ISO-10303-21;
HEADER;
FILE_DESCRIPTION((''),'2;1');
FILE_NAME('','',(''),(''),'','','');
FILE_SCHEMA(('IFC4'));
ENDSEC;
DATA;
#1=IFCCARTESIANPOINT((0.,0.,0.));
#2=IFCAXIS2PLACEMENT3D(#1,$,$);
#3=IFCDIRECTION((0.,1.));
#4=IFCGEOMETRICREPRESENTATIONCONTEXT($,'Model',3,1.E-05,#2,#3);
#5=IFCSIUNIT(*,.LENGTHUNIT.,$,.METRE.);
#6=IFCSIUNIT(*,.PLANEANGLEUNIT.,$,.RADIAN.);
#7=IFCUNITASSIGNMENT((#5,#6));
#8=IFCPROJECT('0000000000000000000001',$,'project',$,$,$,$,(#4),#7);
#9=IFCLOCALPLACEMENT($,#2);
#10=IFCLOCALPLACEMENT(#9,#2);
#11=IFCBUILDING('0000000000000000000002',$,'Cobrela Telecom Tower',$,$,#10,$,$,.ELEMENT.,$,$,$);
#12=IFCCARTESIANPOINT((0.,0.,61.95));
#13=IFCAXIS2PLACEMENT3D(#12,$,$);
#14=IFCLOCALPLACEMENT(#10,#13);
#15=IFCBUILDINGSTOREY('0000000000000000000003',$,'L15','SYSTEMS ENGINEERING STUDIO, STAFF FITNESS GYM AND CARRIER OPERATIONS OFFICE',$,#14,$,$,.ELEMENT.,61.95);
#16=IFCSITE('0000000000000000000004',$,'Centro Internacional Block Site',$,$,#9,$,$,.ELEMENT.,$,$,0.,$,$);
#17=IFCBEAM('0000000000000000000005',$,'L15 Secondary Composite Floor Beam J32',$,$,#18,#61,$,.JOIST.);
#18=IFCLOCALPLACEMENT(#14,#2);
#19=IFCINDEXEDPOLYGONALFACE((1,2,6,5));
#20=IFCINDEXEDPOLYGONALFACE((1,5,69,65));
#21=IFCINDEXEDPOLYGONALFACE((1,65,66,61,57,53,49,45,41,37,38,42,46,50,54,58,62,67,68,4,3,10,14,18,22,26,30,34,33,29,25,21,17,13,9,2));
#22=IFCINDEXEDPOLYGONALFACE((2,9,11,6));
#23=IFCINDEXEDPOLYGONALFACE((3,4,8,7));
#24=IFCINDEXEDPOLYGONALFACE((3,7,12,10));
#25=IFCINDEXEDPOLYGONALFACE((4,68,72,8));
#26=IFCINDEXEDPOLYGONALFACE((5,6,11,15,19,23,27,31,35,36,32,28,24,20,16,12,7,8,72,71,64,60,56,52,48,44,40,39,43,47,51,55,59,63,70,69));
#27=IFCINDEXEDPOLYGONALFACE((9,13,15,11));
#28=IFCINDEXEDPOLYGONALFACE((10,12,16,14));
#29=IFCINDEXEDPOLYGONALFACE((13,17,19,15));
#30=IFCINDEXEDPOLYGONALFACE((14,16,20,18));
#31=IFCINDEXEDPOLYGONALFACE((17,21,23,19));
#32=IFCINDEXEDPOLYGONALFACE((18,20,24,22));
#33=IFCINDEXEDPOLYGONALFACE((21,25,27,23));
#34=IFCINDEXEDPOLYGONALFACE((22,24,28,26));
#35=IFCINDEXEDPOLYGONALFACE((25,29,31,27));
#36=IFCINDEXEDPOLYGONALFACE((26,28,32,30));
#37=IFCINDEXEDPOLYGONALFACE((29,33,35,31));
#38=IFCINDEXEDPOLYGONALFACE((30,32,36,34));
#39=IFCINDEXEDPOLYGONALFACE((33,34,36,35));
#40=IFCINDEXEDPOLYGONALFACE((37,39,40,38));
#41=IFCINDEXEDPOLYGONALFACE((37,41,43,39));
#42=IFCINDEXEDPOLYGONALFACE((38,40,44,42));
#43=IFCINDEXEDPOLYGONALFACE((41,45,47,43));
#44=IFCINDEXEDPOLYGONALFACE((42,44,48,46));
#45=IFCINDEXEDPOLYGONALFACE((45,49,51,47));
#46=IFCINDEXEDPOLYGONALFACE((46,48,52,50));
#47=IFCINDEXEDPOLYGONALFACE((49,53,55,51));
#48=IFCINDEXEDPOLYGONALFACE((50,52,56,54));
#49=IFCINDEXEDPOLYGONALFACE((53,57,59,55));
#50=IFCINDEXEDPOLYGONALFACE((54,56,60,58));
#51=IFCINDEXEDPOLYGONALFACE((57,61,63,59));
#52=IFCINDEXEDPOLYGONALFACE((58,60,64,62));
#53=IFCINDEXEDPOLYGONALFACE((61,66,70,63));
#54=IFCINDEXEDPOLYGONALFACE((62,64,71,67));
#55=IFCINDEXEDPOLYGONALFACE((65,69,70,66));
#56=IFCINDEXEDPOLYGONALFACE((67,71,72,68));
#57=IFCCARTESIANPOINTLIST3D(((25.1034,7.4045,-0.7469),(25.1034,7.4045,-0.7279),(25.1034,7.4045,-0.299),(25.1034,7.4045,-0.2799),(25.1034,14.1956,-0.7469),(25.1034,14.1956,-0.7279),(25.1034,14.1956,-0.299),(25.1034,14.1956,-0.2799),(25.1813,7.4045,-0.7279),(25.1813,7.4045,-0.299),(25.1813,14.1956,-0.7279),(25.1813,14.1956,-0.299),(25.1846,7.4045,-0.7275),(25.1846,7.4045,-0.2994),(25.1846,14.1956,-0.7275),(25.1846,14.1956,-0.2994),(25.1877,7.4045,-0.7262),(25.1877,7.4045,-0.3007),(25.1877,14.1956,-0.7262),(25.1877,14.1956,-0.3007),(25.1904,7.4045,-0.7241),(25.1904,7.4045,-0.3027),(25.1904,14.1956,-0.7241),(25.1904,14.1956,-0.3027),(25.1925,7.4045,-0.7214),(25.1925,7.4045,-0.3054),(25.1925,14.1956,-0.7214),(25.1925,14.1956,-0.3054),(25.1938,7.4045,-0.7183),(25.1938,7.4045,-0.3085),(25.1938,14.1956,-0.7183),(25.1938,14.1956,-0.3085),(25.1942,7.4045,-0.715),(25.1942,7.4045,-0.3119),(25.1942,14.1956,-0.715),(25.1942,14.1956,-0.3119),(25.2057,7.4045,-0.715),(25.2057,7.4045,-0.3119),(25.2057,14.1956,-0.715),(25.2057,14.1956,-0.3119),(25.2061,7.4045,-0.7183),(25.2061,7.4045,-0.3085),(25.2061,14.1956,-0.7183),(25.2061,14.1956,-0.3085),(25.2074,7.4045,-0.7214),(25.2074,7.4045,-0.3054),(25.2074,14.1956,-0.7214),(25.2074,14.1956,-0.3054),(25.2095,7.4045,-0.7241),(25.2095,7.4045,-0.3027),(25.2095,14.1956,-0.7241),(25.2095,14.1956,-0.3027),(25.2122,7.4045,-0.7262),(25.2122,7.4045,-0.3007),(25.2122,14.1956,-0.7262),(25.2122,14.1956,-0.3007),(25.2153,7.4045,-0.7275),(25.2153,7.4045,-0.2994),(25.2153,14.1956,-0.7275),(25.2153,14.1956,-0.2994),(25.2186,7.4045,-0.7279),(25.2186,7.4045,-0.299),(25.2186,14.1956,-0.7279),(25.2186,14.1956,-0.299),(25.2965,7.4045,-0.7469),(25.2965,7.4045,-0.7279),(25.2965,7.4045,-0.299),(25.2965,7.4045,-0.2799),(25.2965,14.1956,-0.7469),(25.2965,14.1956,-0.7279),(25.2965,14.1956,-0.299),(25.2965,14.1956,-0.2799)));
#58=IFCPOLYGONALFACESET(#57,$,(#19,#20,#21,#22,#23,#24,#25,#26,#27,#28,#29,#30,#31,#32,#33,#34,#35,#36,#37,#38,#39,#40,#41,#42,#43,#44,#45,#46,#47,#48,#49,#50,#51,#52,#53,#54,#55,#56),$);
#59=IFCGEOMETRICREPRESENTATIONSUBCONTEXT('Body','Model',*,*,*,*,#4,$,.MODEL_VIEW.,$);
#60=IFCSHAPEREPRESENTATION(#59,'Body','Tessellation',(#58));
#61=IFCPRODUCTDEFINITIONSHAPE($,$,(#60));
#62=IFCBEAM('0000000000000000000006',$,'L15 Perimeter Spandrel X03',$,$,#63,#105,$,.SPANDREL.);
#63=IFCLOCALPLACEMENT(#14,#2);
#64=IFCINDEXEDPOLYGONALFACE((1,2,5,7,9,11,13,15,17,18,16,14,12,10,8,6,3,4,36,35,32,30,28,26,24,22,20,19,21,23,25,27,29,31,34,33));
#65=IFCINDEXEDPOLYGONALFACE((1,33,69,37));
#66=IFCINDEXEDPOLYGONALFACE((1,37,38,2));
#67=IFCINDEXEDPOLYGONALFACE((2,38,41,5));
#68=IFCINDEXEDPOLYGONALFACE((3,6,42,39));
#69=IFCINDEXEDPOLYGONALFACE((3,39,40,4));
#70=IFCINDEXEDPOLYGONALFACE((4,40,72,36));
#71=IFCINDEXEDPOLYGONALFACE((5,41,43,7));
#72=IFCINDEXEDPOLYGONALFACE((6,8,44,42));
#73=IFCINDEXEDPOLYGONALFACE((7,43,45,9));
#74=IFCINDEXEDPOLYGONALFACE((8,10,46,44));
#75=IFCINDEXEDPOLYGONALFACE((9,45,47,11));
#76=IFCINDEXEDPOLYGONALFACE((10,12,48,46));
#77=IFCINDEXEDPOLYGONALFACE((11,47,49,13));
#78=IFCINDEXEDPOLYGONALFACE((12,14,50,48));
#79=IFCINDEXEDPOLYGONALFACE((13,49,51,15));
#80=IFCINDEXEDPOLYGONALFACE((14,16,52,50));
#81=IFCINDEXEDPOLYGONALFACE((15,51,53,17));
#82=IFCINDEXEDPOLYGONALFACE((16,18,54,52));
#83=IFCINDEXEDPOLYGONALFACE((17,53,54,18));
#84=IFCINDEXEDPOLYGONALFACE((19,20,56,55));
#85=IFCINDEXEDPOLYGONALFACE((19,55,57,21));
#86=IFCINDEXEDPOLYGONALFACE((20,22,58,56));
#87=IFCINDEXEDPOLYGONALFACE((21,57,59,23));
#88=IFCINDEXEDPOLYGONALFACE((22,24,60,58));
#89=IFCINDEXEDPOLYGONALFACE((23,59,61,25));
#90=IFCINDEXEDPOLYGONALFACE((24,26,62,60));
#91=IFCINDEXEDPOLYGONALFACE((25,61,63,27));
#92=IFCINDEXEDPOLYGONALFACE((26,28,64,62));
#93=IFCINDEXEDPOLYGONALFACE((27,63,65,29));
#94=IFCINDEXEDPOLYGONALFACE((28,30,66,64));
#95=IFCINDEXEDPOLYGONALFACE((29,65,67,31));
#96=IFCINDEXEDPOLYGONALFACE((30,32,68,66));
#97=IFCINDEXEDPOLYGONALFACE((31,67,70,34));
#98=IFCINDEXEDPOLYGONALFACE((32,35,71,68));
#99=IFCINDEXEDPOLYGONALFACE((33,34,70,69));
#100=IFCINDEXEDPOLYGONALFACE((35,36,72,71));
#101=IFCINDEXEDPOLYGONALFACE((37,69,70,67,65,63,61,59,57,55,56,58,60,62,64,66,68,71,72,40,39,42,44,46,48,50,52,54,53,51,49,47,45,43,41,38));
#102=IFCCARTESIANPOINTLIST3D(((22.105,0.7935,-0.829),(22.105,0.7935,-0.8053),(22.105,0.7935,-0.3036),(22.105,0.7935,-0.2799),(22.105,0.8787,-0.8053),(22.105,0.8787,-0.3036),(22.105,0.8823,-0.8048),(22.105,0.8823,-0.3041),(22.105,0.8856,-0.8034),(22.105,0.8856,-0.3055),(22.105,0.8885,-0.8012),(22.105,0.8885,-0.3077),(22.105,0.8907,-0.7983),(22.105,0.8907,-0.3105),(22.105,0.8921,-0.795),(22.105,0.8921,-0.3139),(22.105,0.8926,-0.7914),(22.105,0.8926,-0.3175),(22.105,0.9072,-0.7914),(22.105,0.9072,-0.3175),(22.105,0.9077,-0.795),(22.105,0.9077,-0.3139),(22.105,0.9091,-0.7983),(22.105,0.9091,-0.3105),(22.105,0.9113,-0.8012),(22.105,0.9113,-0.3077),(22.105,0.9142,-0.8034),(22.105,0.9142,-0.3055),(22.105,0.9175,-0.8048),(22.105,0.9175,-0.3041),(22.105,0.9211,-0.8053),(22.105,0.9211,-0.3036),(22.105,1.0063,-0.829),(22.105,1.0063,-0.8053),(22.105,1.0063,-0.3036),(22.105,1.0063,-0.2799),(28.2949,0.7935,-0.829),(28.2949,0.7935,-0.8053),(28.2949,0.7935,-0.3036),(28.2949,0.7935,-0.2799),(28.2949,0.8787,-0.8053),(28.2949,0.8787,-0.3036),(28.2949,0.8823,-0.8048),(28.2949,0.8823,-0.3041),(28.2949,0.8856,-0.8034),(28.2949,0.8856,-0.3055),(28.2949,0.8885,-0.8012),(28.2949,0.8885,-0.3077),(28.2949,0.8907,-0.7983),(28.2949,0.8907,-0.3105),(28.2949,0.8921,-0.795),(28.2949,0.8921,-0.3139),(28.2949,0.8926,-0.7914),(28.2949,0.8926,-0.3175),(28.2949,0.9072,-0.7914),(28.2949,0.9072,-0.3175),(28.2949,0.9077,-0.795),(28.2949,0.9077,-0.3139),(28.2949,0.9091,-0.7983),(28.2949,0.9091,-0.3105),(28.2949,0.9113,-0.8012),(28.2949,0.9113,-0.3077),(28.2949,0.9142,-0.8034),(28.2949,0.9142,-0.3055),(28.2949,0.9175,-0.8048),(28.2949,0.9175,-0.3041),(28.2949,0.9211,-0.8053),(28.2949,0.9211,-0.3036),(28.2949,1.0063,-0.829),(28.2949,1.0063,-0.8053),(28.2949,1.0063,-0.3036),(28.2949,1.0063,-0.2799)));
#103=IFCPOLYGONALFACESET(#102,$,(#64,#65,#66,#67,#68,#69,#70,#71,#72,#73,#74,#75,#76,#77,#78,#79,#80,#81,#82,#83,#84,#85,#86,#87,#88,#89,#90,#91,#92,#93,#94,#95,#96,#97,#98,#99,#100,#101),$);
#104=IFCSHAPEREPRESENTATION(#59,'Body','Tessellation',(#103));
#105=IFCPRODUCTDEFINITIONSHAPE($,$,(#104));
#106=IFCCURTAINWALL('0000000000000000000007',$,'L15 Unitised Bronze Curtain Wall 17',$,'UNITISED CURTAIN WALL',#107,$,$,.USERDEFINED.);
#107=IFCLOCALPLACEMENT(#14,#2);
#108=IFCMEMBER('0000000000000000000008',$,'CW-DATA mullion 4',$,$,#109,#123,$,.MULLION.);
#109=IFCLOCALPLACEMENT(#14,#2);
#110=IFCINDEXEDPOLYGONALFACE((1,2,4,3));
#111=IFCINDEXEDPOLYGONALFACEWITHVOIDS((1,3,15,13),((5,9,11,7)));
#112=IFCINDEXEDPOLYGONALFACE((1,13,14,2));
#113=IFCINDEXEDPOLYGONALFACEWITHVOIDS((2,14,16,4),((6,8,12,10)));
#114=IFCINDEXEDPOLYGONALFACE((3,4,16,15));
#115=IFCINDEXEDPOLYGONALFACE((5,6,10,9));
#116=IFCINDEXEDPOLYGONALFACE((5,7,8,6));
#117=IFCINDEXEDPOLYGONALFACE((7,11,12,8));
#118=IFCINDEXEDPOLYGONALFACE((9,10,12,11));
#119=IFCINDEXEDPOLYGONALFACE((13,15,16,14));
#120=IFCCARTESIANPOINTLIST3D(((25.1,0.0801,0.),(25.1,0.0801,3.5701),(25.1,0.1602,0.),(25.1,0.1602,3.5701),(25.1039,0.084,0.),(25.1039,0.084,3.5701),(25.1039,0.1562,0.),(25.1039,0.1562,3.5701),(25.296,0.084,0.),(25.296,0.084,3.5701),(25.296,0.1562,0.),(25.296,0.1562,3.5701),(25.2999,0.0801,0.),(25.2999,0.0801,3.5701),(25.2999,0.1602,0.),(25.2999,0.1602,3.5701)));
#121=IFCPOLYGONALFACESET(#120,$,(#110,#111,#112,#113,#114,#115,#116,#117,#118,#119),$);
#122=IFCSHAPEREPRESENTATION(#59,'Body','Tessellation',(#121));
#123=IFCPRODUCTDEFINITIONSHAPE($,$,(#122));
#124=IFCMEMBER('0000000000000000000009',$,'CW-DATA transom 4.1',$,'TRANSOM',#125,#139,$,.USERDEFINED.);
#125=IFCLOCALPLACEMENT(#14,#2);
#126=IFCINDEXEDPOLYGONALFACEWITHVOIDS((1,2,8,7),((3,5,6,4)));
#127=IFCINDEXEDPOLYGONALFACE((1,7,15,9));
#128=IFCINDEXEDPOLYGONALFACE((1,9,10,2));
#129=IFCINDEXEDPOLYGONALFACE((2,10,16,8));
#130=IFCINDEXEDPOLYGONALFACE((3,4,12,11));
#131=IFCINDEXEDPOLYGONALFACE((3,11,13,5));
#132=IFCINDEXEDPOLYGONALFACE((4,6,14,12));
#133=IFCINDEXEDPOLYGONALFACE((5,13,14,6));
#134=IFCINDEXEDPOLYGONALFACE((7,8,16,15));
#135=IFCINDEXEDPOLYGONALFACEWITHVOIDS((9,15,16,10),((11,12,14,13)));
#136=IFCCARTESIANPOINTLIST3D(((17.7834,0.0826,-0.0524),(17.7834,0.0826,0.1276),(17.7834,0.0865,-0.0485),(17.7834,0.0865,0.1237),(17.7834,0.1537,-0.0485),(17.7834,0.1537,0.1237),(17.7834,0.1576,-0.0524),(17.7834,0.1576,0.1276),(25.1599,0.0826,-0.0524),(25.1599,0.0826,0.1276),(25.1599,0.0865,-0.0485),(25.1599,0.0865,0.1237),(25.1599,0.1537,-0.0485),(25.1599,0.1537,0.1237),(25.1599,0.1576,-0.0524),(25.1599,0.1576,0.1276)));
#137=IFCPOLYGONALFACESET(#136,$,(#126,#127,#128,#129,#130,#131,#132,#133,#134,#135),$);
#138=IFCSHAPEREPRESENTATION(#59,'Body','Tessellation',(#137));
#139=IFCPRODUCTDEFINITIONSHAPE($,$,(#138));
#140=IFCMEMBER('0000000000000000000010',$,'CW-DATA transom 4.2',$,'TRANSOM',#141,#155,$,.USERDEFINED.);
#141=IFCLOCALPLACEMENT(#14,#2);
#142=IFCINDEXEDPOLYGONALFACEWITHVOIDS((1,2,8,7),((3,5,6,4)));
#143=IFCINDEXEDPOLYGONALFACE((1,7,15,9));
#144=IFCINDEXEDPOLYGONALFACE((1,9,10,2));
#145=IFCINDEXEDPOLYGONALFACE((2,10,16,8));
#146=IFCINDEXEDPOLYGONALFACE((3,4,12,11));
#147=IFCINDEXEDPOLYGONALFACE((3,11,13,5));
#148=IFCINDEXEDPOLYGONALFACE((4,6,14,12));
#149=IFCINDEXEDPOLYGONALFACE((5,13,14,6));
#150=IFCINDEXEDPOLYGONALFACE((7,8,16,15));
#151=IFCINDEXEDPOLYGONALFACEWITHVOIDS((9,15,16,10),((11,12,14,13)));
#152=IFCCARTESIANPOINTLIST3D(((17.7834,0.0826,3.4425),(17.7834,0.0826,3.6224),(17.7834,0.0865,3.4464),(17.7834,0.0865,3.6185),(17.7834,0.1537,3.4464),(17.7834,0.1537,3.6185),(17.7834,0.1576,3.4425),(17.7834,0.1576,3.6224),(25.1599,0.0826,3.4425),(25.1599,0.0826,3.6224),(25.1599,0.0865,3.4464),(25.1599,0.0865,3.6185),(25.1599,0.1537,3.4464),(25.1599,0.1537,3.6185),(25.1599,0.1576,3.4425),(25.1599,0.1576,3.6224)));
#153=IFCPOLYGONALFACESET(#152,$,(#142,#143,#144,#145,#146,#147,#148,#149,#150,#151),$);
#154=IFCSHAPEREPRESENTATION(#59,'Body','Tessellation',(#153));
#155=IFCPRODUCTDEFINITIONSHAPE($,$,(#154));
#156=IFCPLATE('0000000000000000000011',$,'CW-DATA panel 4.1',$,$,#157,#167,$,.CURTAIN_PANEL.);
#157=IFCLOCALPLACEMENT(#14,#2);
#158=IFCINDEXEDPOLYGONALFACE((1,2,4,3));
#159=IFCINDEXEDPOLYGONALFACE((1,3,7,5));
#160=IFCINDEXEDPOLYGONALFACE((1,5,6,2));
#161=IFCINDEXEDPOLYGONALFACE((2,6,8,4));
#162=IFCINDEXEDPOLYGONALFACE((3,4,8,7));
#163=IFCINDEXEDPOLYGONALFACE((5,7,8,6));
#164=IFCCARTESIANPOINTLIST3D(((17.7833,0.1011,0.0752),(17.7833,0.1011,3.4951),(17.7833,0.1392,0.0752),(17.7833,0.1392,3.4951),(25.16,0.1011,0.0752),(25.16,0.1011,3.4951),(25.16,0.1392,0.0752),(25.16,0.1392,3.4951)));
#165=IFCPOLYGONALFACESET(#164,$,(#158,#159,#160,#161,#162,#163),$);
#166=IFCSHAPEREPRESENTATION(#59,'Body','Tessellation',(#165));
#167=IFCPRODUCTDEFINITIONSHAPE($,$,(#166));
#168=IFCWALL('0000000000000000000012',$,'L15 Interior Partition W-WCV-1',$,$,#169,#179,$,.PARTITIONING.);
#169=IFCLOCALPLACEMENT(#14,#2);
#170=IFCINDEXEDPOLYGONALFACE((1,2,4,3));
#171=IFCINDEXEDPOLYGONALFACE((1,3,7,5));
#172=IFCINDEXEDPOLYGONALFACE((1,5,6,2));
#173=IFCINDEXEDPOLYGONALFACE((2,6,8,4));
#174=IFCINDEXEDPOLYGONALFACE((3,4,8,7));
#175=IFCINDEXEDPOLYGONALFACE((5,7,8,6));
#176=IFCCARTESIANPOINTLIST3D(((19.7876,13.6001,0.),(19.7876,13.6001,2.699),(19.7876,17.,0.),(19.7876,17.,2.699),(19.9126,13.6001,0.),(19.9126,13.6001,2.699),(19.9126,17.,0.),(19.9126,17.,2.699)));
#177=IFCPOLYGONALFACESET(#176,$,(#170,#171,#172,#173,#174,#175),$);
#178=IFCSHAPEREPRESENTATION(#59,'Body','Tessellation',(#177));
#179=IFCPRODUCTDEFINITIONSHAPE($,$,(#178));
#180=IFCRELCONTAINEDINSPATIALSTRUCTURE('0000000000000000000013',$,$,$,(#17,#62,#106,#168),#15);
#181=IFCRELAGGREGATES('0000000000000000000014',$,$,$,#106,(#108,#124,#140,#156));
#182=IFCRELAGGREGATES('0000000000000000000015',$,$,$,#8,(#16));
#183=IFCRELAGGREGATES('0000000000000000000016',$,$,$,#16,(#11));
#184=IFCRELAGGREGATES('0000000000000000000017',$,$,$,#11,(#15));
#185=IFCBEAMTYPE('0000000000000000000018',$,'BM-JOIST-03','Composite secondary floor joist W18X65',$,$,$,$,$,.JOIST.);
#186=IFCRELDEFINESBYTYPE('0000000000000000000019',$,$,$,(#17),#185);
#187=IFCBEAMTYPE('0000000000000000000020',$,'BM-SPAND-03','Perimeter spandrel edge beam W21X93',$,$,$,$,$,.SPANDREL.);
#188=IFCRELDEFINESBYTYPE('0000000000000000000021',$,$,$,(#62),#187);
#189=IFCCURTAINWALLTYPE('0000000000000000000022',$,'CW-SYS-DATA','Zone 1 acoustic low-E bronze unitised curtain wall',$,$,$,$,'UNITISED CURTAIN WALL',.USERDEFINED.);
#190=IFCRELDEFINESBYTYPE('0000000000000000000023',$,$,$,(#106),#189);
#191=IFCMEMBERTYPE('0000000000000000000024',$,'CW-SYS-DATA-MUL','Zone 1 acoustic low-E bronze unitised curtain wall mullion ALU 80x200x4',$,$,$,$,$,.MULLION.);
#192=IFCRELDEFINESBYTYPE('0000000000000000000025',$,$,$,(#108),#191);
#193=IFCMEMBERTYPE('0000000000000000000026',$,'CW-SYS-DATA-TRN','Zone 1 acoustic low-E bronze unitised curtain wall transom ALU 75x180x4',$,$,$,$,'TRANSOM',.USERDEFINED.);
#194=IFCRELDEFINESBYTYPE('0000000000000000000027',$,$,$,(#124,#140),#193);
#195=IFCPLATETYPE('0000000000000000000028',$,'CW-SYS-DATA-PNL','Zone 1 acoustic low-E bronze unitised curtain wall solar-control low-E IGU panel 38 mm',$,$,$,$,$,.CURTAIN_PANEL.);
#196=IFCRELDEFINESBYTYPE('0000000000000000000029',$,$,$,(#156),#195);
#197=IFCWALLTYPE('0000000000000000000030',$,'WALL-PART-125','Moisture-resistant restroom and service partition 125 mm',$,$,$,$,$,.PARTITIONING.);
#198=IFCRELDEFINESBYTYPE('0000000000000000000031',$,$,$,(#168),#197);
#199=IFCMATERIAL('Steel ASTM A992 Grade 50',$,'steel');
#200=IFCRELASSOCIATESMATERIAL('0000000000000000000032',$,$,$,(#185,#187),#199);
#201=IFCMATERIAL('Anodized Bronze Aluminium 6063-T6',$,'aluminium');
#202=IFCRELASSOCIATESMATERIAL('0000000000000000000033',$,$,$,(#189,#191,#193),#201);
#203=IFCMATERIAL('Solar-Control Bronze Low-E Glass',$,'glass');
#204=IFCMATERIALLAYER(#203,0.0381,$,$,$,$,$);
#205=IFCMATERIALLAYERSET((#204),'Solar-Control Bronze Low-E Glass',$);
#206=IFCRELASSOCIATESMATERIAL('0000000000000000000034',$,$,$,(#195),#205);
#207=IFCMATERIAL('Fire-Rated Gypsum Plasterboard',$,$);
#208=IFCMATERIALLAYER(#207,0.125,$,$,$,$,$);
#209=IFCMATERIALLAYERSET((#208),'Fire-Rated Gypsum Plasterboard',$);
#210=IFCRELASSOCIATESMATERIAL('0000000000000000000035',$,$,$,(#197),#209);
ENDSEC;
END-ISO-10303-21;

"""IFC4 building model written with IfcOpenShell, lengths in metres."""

from ifc_helpers import new_model, si_unit, direction, frame, frame_2d, origin, origin_2d, place, context, subcontext, project, spatial, rectangle, hollow_rectangle, i_section, extrude, material, layer, layer_set, material_profile, profile_set, type_object, element, aggregate, save


model = new_model("IFC4")

# Units and contexts
model_context = context("Model", 3, precision=1e-05, world=origin(), true_north=direction((0.0, 1.0)))
body_context = subcontext(model_context, "Body", "Model", "MODEL_VIEW")
ifc_project = project(units=[si_unit("LENGTHUNIT", "METRE"), si_unit("PLANEANGLEUNIT", "RADIAN")], contexts=[model_context])

# Site, building, storey
site_placement = place(None, origin())
site = spatial("IfcSite", under=ifc_project, at=site_placement, Name="Centro Internacional Block Site", CompositionType="ELEMENT", RefElevation=0.0)
building_placement = place(site_placement, origin())
building = spatial("IfcBuilding", under=site, at=building_placement, Name="Cobrela Telecom Tower", CompositionType="ELEMENT")
storey_placement = place(building_placement, frame((0.0, 0.0, 61.95)))
storey = spatial("IfcBuildingStorey", under=building, at=storey_placement, Name="L15", Description="SYSTEMS ENGINEERING STUDIO, STAFF FITNESS GYM AND CARRIER OPERATIONS OFFICE", CompositionType="ELEMENT", Elevation=61.95)

# Shared definitions
ifc_material_1 = material(Name="Steel ASTM A992 Grade 50", Category="steel")

# Beams
ifc_material_profile_1 = material_profile(ifc_material_1, i_section(OverallWidth=0.1931, OverallDepth=0.467, WebThickness=0.0115, FlangeThickness=0.019, FilletRadius=0.0129, at=origin_2d()), Name="W18X65")
ifc_profile_set_1 = profile_set([ifc_material_profile_1], Name="Steel ASTM A992 Grade 50")
beam_type_1 = type_object("IfcBeamType", Name="BM-JOIST-03", Description="Composite secondary floor joist W18X65", PredefinedType="JOIST", material=ifc_profile_set_1)
beam_1_placement = place(storey_placement, frame((25.2, 7.4045, -0.5134), z_axis=(0.0, 1.0, 0.0), x_axis=(-1.0, 0.0, 0.0)))
element("IfcBeam", 1, at=beam_1_placement, inside=storey, type_object=beam_type_1, Name="L15 Secondary Composite Floor Beam J32", PredefinedType="JOIST", context=body_context, shape_type="SweptSolid", body=[
    extrude(i_section(OverallWidth=0.1931, OverallDepth=0.467, WebThickness=0.0115, FlangeThickness=0.019, FilletRadius=0.0129, at=origin_2d()), origin(), (0.0, 0.0, 1.0), 6.791),
])
ifc_material_profile_2 = material_profile(ifc_material_1, i_section(OverallWidth=0.2129, OverallDepth=0.5491, WebThickness=0.0146, FlangeThickness=0.0237, FilletRadius=0.0139, at=origin_2d()), Name="W21X93")
ifc_profile_set_2 = profile_set([ifc_material_profile_2], Name="Steel ASTM A992 Grade 50")
beam_type_2 = type_object("IfcBeamType", Name="BM-SPAND-03", Description="Perimeter spandrel edge beam W21X93", PredefinedType="SPANDREL", material=ifc_profile_set_2)
beam_2_placement = place(storey_placement, frame((22.105, 0.8999, -0.5544), z_axis=(1.0, 0.0, 0.0), x_axis=(0.0, 1.0, 0.0)))
element("IfcBeam", 2, at=beam_2_placement, inside=storey, type_object=beam_type_2, Name="L15 Perimeter Spandrel X03", PredefinedType="SPANDREL", context=body_context, shape_type="SweptSolid", body=[
    extrude(i_section(OverallWidth=0.2129, OverallDepth=0.5491, WebThickness=0.0146, FlangeThickness=0.0237, FilletRadius=0.0139, at=origin_2d()), origin(), (0.0, 0.0, 1.0), 6.1899),
])

# Curtain wall, members, plate
ifc_material_2 = material(Name="Anodized Bronze Aluminium 6063-T6", Category="aluminium")
curtain_wall_type = type_object("IfcCurtainWallType", Name="CW-SYS-DATA", Description="Zone 1 acoustic low-E bronze unitised curtain wall", ElementType="UNITISED CURTAIN WALL", PredefinedType="USERDEFINED", material=ifc_material_2)
curtain_wall_placement = place(storey_placement, origin())
curtain_wall = element("IfcCurtainWall", 3, at=curtain_wall_placement, inside=storey, type_object=curtain_wall_type, Name="L15 Unitised Bronze Curtain Wall 17", ObjectType="UNITISED CURTAIN WALL", PredefinedType="USERDEFINED")
ifc_material_profile_3 = material_profile(ifc_material_2, hollow_rectangle(XDim=0.0801, YDim=0.2, WallThickness=0.0039, at=origin_2d()), Name="ALU 80x200x4")
ifc_profile_set_3 = profile_set([ifc_material_profile_3], Name="Anodized Bronze Aluminium 6063-T6")
member_type_1 = type_object("IfcMemberType", Name="CW-SYS-DATA-MUL", Description="Zone 1 acoustic low-E bronze unitised curtain wall mullion ALU 80x200x4", PredefinedType="MULLION", material=ifc_profile_set_3)
member_1_placement = place(storey_placement, frame((25.2, 0.1201, 0.0), z_axis=(0.0, 0.0, 1.0), x_axis=(0.0, -1.0, 0.0)))
member_1 = element("IfcMember", 4, at=member_1_placement, type_object=member_type_1, Name="CW-DATA mullion 4", PredefinedType="MULLION", context=body_context, shape_type="SweptSolid", body=[
    extrude(hollow_rectangle(XDim=0.0801, YDim=0.2, WallThickness=0.0039, at=origin_2d()), origin(), (0.0, 0.0, 1.0), 3.5701),
])
ifc_material_profile_4 = material_profile(ifc_material_2, hollow_rectangle(XDim=0.075, YDim=0.1799, WallThickness=0.0039, at=origin_2d()), Name="ALU 75x180x4")
ifc_profile_set_4 = profile_set([ifc_material_profile_4], Name="Anodized Bronze Aluminium 6063-T6")
member_type_2 = type_object("IfcMemberType", Name="CW-SYS-DATA-TRN", Description="Zone 1 acoustic low-E bronze unitised curtain wall transom ALU 75x180x4", ElementType="TRANSOM", PredefinedType="USERDEFINED", material=ifc_profile_set_4)
member_2_placement = place(storey_placement, frame((25.1599, 0.1201, 0.0376), z_axis=(-1.0, 0.0, 0.0), x_axis=(0.0, -1.0, 0.0)))
member_2 = element("IfcMember", 5, at=member_2_placement, type_object=member_type_2, Name="CW-DATA transom 4.1", ObjectType="TRANSOM", PredefinedType="USERDEFINED", context=body_context, shape_type="SweptSolid", body=[
    extrude(hollow_rectangle(XDim=0.075, YDim=0.1799, WallThickness=0.0039, at=origin_2d()), origin(), (0.0, 0.0, 1.0), 7.3765),
])
member_3_placement = place(storey_placement, frame((25.1599, 0.1201, 3.5325), z_axis=(-1.0, 0.0, 0.0), x_axis=(0.0, -1.0, 0.0)))
member_3 = element("IfcMember", 6, at=member_3_placement, type_object=member_type_2, Name="CW-DATA transom 4.2", ObjectType="TRANSOM", PredefinedType="USERDEFINED", context=body_context, shape_type="SweptSolid", body=[
    extrude(hollow_rectangle(XDim=0.075, YDim=0.1799, WallThickness=0.0039, at=origin_2d()), origin(), (0.0, 0.0, 1.0), 7.3765),
])
ifc_material_3 = material(Name="Solar-Control Bronze Low-E Glass", Category="glass")
ifc_layer_1 = layer(ifc_material_3, 0.0381)
ifc_layer_set_1 = layer_set([ifc_layer_1], Name="Solar-Control Bronze Low-E Glass")
plate_type = type_object("IfcPlateType", Name="CW-SYS-DATA-PNL", Description="Zone 1 acoustic low-E bronze unitised curtain wall solar-control low-E IGU panel 38 mm", PredefinedType="CURTAIN_PANEL", material=ifc_layer_set_1)
plate_placement = place(storey_placement, frame((21.4717, 0.1201, 0.0752), z_axis=(0.0, 0.0, 1.0), x_axis=(-1.0, 0.0, 0.0)))
plate = element("IfcPlate", 7, at=plate_placement, type_object=plate_type, Name="CW-DATA panel 4.1", PredefinedType="CURTAIN_PANEL", context=body_context, shape_type="SweptSolid", body=[
    extrude(rectangle(XDim=7.3767, YDim=0.0381, at=origin_2d()), origin(), (0.0, 0.0, 1.0), 3.4199),
])
aggregate(curtain_wall, [member_1, member_2, member_3, plate])

# Wall
ifc_material_4 = material(Name="Fire-Rated Gypsum Plasterboard")
ifc_layer_2 = layer(ifc_material_4, 0.125)
ifc_layer_set_2 = layer_set([ifc_layer_2], Name="Fire-Rated Gypsum Plasterboard")
wall_type_1 = type_object("IfcWallType", Name="WALL-PART-125", Description="Moisture-resistant restroom and service partition 125 mm", PredefinedType="PARTITIONING", material=ifc_layer_set_2)
for number, where, z_axis, x_axis, name in (
    (8, (19.8501, 13.6001, 0.0), (0.0, 0.0, 1.0), (0.0, 1.0, 0.0), "L15 Interior Partition W-WCV-1"),
):
    element("IfcWall", number, at=place(storey_placement, frame(where, z_axis=z_axis, x_axis=x_axis)), inside=storey, type_object=wall_type_1, Name=name, PredefinedType="PARTITIONING", context=body_context, shape_type="SweptSolid", body=[
        extrude(rectangle(XDim=3.3999, YDim=0.125, at=frame_2d((1.7, 0.0))), origin(), (0.0, 0.0, 1.0), 2.699),
    ])

save(model, "model.ifc")
